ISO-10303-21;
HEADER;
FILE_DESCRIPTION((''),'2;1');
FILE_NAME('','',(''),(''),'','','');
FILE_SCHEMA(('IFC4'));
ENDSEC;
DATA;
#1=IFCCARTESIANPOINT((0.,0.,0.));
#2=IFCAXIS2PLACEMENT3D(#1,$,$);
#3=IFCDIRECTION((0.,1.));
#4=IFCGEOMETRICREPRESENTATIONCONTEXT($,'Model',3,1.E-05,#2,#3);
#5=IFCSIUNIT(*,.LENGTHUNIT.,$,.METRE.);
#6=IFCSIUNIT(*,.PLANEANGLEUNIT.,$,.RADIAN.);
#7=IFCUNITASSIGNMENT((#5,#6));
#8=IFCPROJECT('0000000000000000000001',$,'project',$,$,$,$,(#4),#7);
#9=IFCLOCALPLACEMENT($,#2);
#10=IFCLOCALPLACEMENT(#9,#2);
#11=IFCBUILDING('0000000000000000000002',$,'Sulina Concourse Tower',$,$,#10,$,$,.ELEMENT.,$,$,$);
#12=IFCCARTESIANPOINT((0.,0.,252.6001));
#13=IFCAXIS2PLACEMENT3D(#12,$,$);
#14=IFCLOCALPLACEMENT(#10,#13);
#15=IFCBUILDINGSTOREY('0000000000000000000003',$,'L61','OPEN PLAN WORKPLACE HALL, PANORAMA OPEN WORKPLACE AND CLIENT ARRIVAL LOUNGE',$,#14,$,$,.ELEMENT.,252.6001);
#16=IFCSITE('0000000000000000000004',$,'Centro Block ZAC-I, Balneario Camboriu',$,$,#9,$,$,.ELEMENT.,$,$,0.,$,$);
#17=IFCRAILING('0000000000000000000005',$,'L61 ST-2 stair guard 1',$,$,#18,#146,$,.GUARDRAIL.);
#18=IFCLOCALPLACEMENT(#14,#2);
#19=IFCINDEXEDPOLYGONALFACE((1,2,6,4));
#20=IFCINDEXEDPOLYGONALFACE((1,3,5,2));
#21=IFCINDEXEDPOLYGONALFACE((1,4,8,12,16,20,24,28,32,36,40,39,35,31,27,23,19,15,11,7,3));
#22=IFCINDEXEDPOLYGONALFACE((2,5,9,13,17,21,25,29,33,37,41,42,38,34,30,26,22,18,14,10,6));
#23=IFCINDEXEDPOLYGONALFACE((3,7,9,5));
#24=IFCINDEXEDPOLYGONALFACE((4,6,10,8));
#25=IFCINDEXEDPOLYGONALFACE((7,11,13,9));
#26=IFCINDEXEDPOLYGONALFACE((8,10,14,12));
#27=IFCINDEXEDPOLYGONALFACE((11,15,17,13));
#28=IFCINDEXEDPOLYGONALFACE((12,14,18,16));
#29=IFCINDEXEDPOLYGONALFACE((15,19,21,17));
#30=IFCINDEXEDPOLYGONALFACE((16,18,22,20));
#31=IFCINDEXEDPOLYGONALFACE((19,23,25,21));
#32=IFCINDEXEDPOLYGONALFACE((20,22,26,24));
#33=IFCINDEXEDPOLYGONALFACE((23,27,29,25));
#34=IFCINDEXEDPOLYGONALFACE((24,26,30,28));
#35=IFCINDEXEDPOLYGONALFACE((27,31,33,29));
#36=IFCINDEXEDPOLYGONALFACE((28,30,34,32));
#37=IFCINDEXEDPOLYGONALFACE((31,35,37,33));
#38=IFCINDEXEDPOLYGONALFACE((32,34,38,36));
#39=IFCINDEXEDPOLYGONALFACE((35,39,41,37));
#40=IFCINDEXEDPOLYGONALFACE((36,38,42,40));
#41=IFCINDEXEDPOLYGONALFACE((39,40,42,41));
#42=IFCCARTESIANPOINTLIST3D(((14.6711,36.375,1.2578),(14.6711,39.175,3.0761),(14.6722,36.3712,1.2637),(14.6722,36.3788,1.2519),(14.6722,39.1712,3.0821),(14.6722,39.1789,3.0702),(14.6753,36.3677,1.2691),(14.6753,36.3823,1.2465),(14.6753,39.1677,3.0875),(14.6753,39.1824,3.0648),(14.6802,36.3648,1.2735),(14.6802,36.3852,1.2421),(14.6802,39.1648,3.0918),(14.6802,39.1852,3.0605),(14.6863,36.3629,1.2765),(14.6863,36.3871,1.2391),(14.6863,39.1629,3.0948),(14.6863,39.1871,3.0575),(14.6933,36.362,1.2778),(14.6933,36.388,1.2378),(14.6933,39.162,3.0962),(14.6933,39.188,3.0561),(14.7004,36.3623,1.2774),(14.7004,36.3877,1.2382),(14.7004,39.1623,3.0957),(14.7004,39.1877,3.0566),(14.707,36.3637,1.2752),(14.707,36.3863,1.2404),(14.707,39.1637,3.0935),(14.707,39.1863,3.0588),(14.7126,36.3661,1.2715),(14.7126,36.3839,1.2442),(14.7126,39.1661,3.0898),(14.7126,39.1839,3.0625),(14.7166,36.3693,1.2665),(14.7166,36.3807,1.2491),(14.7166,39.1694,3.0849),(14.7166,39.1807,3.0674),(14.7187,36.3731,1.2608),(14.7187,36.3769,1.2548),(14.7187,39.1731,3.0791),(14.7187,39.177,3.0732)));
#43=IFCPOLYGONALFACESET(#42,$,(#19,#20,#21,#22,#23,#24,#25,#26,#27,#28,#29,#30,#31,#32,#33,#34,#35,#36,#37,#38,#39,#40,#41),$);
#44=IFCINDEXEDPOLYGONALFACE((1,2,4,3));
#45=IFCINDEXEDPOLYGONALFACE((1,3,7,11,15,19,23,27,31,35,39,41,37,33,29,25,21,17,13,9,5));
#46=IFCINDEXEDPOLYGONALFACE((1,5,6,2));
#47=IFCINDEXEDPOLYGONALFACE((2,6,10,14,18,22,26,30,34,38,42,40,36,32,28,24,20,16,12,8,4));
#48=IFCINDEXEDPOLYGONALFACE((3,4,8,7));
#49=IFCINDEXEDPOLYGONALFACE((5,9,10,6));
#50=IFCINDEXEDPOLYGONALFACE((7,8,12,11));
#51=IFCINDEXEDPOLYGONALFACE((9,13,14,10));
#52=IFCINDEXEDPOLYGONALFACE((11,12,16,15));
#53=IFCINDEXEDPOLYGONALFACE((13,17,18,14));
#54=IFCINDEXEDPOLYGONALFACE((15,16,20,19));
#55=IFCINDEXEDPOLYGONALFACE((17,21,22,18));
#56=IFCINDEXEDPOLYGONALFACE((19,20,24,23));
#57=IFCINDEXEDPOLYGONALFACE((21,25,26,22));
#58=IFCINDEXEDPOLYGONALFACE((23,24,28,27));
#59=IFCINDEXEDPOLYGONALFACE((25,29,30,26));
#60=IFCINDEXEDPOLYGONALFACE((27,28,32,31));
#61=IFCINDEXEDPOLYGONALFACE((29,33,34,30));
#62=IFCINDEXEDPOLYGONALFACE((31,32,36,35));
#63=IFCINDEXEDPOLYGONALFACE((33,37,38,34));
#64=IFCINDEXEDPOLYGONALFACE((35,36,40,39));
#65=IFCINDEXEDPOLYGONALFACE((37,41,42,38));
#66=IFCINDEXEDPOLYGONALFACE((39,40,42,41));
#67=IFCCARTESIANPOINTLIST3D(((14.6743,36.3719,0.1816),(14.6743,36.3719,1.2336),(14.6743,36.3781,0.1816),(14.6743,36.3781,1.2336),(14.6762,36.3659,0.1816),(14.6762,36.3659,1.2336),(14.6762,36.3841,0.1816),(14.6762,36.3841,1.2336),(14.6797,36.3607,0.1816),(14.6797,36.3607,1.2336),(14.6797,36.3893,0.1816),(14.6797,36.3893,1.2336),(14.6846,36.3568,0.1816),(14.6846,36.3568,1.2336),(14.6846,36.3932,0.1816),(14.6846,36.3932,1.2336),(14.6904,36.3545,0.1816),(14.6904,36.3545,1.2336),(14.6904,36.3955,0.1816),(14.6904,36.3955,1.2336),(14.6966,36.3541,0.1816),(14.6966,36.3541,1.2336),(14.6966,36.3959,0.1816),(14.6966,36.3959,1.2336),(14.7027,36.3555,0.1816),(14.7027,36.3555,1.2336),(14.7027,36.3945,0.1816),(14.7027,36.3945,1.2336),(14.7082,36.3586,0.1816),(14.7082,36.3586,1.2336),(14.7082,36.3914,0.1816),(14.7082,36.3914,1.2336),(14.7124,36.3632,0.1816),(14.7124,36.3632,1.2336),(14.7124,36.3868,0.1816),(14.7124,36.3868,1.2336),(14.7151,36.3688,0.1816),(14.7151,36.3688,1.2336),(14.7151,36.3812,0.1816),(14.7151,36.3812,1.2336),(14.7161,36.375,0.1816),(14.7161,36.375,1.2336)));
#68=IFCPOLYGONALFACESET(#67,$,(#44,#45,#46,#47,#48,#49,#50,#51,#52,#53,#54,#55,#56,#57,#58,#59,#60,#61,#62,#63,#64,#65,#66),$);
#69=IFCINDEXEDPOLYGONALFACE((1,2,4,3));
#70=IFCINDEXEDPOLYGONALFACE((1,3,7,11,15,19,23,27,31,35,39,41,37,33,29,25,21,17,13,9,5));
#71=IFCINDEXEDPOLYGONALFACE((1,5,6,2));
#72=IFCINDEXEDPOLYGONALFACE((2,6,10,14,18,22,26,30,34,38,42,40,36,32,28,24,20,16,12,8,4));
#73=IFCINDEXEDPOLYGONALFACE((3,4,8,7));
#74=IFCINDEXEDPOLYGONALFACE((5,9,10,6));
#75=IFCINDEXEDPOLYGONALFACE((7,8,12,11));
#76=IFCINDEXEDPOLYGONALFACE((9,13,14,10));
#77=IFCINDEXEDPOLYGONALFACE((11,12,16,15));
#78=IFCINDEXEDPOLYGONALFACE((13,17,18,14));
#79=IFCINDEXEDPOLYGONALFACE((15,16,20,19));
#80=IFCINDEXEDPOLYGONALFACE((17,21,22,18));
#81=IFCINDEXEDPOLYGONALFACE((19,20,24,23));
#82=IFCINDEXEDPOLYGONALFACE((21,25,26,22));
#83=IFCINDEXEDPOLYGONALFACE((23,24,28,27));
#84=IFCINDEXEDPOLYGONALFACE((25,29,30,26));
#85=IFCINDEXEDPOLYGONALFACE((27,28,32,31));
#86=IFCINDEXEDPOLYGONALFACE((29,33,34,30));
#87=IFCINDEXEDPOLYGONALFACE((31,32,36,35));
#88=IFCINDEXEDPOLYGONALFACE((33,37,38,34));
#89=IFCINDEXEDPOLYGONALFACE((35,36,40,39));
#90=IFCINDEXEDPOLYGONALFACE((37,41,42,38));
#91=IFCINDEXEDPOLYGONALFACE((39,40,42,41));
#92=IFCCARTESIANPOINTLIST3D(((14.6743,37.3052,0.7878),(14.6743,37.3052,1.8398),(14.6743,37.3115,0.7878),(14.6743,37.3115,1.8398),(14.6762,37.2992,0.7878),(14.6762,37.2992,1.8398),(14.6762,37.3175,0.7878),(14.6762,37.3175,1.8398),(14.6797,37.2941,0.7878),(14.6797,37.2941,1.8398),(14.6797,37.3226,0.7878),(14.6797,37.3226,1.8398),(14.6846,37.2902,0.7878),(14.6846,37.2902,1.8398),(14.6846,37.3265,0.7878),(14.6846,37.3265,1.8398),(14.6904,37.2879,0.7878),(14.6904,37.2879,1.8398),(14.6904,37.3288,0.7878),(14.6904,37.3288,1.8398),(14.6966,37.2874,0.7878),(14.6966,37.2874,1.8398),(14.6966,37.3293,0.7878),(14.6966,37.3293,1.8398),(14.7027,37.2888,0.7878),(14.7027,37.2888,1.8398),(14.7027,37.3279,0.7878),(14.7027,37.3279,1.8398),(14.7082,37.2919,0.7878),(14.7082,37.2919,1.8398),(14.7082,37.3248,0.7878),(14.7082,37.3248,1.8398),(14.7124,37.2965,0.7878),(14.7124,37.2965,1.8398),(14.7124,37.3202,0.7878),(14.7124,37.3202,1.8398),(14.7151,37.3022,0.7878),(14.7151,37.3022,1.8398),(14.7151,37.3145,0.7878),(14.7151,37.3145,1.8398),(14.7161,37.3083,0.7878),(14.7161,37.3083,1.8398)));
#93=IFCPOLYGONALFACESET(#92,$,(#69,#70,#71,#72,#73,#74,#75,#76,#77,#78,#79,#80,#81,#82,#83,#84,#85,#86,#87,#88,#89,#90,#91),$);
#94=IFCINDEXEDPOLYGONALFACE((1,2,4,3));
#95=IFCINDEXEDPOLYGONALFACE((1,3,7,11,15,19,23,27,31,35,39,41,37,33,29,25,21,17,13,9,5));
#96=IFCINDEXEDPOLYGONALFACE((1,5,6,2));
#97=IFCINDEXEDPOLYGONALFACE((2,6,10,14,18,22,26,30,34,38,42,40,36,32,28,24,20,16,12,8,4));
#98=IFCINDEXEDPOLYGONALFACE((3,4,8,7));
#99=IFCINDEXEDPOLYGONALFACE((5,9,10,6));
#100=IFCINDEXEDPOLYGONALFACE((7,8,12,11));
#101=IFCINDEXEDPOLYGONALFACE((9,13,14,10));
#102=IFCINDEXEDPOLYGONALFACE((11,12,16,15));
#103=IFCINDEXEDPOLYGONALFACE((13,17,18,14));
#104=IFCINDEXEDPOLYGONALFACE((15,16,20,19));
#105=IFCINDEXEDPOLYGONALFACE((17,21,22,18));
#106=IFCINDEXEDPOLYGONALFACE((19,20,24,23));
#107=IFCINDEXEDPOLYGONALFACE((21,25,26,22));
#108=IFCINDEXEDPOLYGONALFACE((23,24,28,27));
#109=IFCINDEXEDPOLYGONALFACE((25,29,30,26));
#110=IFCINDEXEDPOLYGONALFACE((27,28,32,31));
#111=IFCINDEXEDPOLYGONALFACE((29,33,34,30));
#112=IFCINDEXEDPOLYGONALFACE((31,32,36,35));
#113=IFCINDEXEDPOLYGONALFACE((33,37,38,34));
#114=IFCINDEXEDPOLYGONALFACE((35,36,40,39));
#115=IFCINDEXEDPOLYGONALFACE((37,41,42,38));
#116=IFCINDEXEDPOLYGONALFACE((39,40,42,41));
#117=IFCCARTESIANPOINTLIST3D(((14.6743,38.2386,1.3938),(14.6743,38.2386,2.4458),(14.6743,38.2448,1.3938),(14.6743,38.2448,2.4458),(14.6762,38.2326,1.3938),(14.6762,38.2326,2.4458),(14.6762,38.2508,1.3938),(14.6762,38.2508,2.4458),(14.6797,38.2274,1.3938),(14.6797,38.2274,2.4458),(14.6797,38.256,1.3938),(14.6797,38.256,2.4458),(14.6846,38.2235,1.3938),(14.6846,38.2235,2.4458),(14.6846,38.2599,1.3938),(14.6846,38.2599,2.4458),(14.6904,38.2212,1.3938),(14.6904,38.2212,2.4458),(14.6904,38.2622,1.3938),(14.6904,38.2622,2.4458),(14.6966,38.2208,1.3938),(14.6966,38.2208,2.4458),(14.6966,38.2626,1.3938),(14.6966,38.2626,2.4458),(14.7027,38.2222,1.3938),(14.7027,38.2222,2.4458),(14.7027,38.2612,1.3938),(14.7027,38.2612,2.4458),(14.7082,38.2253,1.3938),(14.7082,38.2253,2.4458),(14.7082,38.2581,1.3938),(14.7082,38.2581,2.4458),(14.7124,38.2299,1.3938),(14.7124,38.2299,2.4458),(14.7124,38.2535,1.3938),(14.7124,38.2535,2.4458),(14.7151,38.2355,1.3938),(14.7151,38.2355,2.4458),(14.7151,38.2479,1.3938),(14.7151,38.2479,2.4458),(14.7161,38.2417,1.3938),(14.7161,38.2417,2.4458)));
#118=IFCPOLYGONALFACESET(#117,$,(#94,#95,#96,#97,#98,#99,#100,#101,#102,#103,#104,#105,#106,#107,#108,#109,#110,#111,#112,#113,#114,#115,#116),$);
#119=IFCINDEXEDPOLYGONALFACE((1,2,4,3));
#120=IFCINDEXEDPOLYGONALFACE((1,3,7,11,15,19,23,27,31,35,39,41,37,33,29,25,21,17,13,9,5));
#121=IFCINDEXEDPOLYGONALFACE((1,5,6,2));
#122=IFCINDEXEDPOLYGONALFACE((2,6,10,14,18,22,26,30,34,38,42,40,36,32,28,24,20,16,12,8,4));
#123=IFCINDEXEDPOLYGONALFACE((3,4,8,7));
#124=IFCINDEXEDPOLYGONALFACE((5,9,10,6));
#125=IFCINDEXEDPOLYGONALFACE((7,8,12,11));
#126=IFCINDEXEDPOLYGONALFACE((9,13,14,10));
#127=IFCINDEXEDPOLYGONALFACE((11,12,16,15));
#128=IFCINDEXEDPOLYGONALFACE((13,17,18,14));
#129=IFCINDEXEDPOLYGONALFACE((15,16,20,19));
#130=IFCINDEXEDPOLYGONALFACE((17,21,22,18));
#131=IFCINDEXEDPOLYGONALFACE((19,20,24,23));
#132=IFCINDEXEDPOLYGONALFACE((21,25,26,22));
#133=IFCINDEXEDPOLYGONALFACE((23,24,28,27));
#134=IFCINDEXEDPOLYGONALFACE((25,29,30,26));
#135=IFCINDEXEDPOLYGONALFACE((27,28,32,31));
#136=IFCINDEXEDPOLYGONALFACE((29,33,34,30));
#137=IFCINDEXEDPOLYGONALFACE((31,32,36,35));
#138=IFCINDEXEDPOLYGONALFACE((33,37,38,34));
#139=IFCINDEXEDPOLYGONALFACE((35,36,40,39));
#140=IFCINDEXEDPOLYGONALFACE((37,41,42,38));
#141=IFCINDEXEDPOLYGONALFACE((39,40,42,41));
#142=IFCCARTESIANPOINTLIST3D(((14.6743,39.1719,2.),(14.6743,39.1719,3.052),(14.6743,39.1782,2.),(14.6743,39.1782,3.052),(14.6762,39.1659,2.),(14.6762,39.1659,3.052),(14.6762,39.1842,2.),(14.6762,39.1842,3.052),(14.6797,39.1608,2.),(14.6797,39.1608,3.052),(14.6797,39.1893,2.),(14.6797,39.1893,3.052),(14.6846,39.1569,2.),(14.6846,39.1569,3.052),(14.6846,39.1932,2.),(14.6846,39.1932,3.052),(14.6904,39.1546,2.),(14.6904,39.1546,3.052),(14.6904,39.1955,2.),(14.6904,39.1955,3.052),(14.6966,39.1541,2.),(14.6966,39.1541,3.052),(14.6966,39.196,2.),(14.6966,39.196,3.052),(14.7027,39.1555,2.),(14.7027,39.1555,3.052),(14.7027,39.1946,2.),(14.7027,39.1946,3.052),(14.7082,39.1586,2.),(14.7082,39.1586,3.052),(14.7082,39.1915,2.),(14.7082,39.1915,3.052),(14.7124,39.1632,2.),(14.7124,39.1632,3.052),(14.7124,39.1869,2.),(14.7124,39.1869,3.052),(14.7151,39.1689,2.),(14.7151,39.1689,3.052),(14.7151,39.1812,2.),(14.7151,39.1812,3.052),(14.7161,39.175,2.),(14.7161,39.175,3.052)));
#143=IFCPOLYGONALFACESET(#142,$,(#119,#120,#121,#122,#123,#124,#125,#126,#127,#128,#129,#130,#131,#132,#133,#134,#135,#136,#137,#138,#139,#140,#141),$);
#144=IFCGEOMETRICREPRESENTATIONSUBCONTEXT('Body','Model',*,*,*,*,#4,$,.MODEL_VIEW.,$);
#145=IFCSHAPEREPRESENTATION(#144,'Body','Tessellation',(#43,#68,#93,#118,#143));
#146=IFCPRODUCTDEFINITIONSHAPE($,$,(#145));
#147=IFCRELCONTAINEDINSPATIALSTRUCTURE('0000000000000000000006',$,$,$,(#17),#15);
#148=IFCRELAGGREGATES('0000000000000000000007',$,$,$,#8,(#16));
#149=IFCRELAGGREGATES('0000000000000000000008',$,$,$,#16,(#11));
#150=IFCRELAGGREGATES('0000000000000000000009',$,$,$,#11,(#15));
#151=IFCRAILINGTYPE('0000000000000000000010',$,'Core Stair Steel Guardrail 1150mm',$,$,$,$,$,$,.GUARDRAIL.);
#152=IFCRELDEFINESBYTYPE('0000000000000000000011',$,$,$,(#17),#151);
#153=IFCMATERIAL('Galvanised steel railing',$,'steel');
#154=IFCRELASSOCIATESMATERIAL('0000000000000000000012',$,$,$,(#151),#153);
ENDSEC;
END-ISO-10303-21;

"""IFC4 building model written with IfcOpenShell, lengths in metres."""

from ifc_helpers import new_model, si_unit, direction, frame, origin, origin_2d, place, context, subcontext, project, spatial, circle, extrude, material, type_object, element, save


model = new_model("IFC4")

# Units and contexts
model_context = context("Model", 3, precision=1e-05, world=origin(), true_north=direction((0.0, 1.0)))
body_context = subcontext(model_context, "Body", "Model", "MODEL_VIEW")
ifc_project = project(units=[si_unit("LENGTHUNIT", "METRE"), si_unit("PLANEANGLEUNIT", "RADIAN")], contexts=[model_context])

# Site, building, storey
site_placement = place(None, origin())
site = spatial("IfcSite", under=ifc_project, at=site_placement, Name="Centro Block ZAC-I, Balneario Camboriu", CompositionType="ELEMENT", RefElevation=0.0)
building_placement = place(site_placement, origin())
building = spatial("IfcBuilding", under=site, at=building_placement, Name="Sulina Concourse Tower", CompositionType="ELEMENT")
storey_placement = place(building_placement, frame((0.0, 0.0, 252.6001)))
storey = spatial("IfcBuildingStorey", under=building, at=storey_placement, Name="L61", Description="OPEN PLAN WORKPLACE HALL, PANORAMA OPEN WORKPLACE AND CLIENT ARRIVAL LOUNGE", CompositionType="ELEMENT", Elevation=252.6001)

# Railing
ifc_material_1 = material(Name="Galvanised steel railing", Category="steel")
railing_type_1 = type_object("IfcRailingType", Name="Core Stair Steel Guardrail 1150mm", PredefinedType="GUARDRAIL", material=ifc_material_1)
railing_1_placement = place(storey_placement, frame((14.6951, 36.375, 0.1816)))
element("IfcRailing", 1, at=railing_1_placement, inside=storey, type_object=railing_type_1, Name="L61 ST-2 stair guard 1", PredefinedType="GUARDRAIL", context=body_context, shape_type="SweptSolid", body=[
    extrude(circle(Radius=0.0239, at=origin_2d()), frame((0.0, 0.0, 1.0762), z_axis=(0.0, 0.838672, 0.544636), x_axis=(-1.0, 0.0, 0.0)), (0.0, 0.0, 1.0), 3.3386),
    extrude(circle(Radius=0.021, at=origin_2d()), origin(), (0.0, 0.0, 1.0), 1.052),
    extrude(circle(Radius=0.021, at=origin_2d()), frame((0.0, 0.9333, 0.6062)), (0.0, 0.0, 1.0), 1.052),
    extrude(circle(Radius=0.021, at=origin_2d()), frame((0.0, 1.8667, 1.2122)), (0.0, 0.0, 1.0), 1.052),
    extrude(circle(Radius=0.021, at=origin_2d()), frame((0.0, 2.8, 1.8184)), (0.0, 0.0, 1.0), 1.052),
])

save(model, "model.ifc")
